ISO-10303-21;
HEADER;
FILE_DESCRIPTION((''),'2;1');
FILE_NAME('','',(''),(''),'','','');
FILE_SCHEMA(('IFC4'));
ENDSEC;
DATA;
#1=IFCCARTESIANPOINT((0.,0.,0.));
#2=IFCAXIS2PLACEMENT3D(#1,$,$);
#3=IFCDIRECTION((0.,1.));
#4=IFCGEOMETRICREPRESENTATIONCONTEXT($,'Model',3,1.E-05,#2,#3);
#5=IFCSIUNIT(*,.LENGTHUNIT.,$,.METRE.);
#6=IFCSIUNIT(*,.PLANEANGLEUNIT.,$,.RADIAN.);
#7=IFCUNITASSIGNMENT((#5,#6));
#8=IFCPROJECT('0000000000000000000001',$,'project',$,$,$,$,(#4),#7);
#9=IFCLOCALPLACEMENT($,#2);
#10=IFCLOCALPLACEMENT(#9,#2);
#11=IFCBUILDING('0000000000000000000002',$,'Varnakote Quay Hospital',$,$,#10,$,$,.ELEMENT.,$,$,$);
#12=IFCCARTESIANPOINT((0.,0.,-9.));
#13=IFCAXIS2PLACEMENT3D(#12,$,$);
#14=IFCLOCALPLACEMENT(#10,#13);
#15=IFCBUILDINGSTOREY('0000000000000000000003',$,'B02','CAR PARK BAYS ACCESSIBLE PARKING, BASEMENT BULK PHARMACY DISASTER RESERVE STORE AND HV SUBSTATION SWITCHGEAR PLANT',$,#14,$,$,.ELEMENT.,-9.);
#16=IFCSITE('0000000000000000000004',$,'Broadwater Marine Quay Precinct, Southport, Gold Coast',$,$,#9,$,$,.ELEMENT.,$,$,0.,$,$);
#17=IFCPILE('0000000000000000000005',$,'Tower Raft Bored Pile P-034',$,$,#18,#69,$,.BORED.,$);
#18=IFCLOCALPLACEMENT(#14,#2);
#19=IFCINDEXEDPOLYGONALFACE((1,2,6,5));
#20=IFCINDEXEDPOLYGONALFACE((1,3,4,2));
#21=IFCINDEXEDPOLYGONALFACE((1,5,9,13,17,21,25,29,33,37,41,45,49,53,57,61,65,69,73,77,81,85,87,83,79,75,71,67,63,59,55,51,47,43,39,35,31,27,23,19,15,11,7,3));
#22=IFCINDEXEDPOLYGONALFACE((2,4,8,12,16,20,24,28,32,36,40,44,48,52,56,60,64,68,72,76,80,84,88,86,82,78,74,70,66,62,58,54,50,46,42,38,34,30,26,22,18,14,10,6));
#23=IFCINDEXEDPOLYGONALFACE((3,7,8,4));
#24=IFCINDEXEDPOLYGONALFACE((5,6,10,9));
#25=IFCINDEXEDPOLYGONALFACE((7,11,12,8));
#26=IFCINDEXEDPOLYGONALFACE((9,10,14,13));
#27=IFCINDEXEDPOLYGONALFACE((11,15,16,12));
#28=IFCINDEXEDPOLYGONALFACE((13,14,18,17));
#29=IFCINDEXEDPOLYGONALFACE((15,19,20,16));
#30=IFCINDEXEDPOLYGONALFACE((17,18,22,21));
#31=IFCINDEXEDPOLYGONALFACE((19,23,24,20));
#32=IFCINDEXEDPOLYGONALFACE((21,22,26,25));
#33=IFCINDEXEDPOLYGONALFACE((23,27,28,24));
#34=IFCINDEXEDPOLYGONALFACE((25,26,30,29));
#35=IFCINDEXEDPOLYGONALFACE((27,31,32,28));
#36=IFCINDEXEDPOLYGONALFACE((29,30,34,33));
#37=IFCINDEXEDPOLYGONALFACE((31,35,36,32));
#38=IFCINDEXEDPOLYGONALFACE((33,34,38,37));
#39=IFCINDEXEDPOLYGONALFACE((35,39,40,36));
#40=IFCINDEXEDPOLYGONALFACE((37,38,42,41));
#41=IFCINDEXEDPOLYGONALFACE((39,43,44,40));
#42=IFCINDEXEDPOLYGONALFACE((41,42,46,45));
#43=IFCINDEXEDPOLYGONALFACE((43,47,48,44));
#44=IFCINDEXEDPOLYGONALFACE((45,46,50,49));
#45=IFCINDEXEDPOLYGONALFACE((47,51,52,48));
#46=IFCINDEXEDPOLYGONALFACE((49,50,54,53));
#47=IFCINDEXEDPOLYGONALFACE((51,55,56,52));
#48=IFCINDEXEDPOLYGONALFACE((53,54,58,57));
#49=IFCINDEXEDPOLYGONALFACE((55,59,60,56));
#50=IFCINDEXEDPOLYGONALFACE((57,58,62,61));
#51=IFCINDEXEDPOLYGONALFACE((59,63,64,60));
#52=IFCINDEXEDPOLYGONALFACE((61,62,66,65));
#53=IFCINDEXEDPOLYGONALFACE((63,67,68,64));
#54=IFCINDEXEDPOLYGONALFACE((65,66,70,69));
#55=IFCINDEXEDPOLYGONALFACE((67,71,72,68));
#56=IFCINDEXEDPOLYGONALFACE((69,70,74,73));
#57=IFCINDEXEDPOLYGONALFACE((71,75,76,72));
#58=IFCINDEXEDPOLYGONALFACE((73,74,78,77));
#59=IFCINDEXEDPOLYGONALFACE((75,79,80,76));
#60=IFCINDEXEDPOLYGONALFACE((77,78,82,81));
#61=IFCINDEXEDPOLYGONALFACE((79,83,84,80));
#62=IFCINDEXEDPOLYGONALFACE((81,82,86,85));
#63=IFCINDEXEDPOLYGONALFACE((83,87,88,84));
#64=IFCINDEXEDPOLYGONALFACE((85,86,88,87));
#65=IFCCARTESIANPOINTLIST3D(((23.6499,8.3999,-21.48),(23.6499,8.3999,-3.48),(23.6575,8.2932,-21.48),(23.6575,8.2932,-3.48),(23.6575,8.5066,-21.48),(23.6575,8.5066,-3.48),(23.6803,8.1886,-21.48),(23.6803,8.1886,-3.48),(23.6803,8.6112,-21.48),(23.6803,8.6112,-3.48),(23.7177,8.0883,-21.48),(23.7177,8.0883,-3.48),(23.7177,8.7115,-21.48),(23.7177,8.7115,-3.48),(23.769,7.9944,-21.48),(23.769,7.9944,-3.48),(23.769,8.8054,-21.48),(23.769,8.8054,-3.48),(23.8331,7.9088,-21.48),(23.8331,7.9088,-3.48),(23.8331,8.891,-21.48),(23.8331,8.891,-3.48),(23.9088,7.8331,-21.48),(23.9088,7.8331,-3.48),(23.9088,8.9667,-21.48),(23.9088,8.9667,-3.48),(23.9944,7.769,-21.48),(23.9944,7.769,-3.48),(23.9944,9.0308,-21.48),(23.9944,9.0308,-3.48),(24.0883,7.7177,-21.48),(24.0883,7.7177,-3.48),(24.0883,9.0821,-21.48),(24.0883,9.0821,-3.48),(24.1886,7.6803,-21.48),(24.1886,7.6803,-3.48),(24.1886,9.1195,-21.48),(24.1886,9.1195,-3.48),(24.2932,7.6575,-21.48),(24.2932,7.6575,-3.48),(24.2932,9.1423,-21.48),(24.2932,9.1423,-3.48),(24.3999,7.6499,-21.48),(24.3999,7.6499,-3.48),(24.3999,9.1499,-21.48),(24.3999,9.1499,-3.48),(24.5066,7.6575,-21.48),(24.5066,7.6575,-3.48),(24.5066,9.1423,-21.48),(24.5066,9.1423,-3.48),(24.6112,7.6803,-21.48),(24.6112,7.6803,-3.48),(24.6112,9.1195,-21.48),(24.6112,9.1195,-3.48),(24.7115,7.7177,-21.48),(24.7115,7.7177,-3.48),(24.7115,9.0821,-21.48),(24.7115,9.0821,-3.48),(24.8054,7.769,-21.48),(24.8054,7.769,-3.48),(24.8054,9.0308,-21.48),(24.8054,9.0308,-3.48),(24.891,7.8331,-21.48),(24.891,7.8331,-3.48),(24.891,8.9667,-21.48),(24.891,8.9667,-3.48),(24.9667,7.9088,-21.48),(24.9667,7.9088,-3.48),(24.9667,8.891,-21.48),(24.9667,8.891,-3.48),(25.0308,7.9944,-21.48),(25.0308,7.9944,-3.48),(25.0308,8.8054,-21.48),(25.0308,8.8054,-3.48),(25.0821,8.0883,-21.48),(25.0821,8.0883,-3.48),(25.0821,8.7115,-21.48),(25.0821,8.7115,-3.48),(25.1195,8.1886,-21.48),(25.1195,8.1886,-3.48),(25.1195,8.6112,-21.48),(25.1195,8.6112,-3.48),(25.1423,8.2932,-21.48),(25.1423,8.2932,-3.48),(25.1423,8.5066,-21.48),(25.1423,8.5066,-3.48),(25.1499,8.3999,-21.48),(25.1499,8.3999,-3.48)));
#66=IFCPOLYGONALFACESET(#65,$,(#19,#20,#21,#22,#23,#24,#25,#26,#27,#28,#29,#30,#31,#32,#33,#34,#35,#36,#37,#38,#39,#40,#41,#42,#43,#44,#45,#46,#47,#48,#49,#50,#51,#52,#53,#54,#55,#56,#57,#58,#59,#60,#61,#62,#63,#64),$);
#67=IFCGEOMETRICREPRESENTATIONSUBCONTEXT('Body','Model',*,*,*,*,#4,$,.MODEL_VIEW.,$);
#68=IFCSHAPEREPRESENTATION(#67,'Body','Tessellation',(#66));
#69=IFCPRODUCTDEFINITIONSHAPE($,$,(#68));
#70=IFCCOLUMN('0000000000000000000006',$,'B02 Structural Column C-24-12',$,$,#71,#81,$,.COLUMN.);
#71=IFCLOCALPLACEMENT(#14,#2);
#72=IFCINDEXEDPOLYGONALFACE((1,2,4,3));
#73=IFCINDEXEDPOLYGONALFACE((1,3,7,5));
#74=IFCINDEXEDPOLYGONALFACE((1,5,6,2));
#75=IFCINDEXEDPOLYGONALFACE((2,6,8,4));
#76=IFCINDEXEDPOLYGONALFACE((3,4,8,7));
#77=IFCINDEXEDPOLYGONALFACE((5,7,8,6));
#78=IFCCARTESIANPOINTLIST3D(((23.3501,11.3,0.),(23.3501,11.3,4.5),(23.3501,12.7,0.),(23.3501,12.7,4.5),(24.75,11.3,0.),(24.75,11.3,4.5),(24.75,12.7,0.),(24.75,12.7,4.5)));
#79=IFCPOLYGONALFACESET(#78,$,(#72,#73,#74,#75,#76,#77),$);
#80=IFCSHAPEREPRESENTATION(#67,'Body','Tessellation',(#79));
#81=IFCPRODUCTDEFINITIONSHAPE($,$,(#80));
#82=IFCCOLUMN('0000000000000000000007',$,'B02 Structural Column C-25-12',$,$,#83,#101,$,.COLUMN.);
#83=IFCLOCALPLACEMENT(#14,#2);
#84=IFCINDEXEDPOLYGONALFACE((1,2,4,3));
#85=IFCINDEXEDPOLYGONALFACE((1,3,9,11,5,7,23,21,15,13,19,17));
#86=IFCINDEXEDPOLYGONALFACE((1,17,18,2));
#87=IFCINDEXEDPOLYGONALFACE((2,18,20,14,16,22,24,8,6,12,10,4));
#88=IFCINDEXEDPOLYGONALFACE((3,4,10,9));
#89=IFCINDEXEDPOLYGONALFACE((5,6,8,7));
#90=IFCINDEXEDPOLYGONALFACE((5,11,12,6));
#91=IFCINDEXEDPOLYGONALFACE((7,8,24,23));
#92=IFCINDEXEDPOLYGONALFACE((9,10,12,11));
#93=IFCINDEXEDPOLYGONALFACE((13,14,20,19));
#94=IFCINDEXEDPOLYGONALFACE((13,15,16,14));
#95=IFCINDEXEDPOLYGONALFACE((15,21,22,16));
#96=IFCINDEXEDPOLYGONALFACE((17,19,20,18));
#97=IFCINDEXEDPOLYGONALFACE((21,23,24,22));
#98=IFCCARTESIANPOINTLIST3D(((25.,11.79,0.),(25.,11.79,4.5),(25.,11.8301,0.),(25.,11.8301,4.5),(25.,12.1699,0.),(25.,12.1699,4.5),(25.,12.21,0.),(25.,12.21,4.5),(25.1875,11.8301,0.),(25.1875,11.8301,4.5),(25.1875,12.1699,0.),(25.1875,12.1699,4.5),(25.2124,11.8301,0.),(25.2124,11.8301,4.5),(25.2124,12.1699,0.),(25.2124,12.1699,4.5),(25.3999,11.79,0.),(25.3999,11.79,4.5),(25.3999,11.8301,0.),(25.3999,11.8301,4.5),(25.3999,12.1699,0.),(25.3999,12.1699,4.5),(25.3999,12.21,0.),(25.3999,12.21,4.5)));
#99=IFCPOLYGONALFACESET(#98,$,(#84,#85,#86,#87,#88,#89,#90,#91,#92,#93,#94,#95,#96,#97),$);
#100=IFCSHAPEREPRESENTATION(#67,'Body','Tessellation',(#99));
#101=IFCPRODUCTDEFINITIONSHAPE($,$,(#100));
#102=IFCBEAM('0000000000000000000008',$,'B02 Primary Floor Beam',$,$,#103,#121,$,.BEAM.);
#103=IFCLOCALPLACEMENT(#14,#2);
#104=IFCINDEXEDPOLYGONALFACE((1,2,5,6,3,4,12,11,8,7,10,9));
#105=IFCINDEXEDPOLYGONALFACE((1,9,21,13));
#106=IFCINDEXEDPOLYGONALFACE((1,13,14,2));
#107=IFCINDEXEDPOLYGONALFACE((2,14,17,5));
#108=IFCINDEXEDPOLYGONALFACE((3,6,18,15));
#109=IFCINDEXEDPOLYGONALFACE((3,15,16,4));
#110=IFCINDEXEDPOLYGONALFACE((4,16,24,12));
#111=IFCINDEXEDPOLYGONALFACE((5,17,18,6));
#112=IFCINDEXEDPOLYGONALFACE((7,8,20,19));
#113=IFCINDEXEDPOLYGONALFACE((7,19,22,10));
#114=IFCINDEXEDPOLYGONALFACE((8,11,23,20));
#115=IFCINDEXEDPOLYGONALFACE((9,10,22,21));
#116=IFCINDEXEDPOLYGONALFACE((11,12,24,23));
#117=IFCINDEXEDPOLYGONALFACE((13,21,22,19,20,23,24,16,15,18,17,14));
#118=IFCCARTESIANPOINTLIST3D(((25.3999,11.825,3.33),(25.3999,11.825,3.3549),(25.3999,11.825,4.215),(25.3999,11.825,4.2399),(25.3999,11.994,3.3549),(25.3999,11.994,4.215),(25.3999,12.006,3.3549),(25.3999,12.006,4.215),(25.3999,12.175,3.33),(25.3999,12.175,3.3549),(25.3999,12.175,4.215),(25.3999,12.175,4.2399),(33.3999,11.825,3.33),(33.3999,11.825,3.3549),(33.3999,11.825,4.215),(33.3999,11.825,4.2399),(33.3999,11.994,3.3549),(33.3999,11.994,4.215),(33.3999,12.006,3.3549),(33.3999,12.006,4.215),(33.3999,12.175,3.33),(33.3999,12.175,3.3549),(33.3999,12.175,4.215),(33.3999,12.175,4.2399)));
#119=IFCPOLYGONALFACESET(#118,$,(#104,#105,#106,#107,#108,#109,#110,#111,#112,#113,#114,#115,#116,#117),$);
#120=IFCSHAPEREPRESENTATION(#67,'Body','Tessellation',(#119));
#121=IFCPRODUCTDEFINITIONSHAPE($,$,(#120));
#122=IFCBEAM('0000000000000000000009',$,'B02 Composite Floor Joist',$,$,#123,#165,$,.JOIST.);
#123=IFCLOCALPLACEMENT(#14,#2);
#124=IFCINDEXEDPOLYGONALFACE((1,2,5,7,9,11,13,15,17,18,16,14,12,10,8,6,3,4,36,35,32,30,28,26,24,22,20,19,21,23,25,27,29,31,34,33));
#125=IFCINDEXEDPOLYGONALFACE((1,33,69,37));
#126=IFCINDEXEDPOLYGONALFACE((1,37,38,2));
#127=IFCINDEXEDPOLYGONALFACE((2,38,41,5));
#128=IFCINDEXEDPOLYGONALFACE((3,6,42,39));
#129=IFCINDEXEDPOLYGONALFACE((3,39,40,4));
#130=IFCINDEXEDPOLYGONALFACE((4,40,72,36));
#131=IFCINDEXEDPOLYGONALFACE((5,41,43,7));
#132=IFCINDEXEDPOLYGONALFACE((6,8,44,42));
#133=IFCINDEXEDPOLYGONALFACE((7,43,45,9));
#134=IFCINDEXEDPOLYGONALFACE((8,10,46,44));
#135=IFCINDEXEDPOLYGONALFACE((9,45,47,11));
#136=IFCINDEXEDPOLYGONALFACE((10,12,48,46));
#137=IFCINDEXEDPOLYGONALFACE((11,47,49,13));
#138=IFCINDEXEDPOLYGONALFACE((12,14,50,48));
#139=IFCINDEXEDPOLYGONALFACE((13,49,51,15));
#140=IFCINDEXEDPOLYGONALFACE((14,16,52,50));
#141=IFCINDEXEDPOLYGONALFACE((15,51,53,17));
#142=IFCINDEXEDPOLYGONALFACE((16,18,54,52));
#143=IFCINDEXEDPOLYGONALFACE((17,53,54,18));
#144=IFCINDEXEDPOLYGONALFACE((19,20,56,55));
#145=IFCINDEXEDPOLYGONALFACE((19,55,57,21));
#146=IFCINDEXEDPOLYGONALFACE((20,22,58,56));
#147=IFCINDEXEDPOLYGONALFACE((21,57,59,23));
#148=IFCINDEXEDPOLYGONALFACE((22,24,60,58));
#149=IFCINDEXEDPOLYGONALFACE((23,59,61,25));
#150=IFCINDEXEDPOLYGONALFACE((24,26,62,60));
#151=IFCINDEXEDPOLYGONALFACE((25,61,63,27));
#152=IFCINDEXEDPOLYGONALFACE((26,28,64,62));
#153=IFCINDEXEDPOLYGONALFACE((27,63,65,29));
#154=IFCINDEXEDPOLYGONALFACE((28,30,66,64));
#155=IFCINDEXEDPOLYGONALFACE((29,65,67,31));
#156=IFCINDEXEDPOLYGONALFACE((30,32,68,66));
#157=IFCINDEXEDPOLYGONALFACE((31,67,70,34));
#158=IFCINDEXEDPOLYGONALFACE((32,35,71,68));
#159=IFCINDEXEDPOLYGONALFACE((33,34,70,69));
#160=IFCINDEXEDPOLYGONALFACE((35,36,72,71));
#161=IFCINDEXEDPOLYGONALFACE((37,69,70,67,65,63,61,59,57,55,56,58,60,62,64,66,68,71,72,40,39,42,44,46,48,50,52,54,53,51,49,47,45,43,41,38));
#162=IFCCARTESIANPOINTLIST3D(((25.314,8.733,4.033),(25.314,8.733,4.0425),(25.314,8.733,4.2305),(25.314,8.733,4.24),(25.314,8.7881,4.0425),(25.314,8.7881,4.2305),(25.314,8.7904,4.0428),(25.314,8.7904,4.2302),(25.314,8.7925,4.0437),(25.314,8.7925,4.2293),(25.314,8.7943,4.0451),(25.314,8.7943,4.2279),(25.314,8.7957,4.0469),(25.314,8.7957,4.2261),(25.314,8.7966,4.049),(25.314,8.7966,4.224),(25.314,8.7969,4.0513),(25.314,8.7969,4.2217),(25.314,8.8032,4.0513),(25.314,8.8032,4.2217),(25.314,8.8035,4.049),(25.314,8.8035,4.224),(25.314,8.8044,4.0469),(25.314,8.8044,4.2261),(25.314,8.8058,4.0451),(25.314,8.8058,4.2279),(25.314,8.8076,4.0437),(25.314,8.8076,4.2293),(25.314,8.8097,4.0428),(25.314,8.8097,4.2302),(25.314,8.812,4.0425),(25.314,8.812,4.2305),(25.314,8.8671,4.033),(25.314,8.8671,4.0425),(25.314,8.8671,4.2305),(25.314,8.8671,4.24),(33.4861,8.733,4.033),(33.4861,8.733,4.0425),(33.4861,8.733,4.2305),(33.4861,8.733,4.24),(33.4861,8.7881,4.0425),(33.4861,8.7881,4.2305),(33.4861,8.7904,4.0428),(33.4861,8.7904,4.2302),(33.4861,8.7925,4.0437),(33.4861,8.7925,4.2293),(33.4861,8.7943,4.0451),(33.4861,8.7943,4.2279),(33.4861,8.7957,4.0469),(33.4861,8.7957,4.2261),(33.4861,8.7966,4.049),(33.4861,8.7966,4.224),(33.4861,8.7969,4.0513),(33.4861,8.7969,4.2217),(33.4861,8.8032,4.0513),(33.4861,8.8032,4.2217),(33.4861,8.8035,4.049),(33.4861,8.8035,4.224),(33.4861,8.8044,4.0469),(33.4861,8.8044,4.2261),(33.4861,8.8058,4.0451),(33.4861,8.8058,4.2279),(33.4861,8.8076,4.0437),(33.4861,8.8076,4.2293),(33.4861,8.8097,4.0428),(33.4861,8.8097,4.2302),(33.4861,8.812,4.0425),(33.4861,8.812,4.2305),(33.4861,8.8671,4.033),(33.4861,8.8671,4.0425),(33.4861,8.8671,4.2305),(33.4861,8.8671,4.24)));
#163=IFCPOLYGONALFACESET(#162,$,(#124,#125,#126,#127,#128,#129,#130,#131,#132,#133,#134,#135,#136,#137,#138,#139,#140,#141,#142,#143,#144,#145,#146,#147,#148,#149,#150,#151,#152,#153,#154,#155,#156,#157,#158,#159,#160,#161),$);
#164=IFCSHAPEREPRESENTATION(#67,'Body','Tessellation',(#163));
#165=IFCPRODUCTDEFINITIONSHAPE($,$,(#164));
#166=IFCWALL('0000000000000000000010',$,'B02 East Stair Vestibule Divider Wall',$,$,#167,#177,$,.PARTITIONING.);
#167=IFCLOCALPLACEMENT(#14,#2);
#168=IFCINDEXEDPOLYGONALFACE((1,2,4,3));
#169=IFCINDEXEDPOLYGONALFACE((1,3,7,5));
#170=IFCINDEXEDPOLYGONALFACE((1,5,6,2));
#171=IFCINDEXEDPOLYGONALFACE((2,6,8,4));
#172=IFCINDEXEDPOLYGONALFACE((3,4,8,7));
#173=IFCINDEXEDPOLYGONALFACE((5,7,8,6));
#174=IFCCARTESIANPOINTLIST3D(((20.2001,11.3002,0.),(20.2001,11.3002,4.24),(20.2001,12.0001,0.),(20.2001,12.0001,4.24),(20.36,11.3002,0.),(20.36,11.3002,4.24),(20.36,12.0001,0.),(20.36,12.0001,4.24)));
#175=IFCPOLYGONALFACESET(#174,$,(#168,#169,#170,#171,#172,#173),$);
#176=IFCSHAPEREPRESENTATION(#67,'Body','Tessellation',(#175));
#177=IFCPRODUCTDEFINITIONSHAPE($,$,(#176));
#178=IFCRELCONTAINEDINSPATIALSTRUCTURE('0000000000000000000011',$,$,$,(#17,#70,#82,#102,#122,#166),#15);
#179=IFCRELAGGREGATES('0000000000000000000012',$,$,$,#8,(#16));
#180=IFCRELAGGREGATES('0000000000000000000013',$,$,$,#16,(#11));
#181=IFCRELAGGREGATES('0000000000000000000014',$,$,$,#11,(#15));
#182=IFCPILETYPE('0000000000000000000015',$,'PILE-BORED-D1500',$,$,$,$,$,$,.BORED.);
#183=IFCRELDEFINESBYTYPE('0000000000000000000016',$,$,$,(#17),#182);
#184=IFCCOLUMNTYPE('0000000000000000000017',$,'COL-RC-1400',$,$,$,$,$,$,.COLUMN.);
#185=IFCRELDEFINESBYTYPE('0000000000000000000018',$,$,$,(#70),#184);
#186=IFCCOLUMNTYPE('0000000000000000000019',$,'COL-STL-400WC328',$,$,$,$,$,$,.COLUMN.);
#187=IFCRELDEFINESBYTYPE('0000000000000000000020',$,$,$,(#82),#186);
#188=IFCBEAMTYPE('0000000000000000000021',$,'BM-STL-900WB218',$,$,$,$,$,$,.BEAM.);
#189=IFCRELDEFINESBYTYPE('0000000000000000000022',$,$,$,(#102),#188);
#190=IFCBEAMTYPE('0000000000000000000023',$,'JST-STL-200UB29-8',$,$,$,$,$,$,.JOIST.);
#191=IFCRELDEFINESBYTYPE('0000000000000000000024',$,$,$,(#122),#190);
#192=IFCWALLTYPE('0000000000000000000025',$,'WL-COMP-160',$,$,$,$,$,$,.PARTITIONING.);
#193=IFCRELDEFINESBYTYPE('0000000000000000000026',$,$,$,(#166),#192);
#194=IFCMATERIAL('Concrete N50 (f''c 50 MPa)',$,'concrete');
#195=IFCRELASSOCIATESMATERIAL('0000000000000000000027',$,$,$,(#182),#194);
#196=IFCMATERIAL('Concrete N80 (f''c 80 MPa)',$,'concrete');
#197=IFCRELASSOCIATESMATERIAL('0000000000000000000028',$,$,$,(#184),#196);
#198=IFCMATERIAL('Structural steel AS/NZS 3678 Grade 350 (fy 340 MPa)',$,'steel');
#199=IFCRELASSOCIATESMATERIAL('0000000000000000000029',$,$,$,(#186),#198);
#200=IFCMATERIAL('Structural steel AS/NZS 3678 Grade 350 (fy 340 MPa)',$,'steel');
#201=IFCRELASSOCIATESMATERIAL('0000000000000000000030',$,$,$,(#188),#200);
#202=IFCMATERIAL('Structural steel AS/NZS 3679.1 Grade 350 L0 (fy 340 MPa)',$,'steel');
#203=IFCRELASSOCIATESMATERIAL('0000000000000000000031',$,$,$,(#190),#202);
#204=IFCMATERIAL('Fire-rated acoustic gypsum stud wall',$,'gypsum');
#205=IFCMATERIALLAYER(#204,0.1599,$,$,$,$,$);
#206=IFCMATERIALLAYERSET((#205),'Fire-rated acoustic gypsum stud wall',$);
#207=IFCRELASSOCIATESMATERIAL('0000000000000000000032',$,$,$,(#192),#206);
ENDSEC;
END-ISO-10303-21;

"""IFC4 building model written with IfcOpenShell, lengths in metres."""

from ifc_helpers import new_model, si_unit, direction, frame, frame_2d, origin, origin_2d, place, context, subcontext, project, spatial, rectangle, circle, i_section, extrude, material, layer, layer_set, material_profile, profile_set, type_object, element, save


model = new_model("IFC4")

# Units and contexts
model_context = context("Model", 3, precision=1e-05, world=origin(), true_north=direction((0.0, 1.0)))
body_context = subcontext(model_context, "Body", "Model", "MODEL_VIEW")
ifc_project = project(units=[si_unit("LENGTHUNIT", "METRE"), si_unit("PLANEANGLEUNIT", "RADIAN")], contexts=[model_context])

# Site, building, storey
site_placement = place(None, origin())
site = spatial("IfcSite", under=ifc_project, at=site_placement, Name="Broadwater Marine Quay Precinct, Southport, Gold Coast", CompositionType="ELEMENT", RefElevation=0.0)
building_placement = place(site_placement, origin())
building = spatial("IfcBuilding", under=site, at=building_placement, Name="Varnakote Quay Hospital", CompositionType="ELEMENT")
storey_placement = place(building_placement, frame((0.0, 0.0, -9.0)))
storey = spatial("IfcBuildingStorey", under=building, at=storey_placement, Name="B02", Description="CAR PARK BAYS ACCESSIBLE PARKING, BASEMENT BULK PHARMACY DISASTER RESERVE STORE AND HV SUBSTATION SWITCHGEAR PLANT", CompositionType="ELEMENT", Elevation=-9.0)

# Pile
ifc_material_1 = material(Name="Concrete N50 (f'c 50 MPa)", Category="concrete")
ifc_material_profile_1 = material_profile(ifc_material_1, circle(Radius=0.75, at=origin_2d()), Name="PILE-D1500")
ifc_profile_set_1 = profile_set([ifc_material_profile_1], Name="Concrete N50 (f'c 50 MPa)")
pile_type = type_object("IfcPileType", Name="PILE-BORED-D1500", PredefinedType="BORED", material=ifc_profile_set_1)
pile_placement = place(storey_placement, frame((24.3999, 8.3999, -3.48), z_axis=(0.0, 0.0, -1.0), x_axis=(1.0, 0.0, 0.0)))
element("IfcPile", 1, at=pile_placement, inside=storey, type_object=pile_type, Name="Tower Raft Bored Pile P-034", PredefinedType="BORED", context=body_context, shape_type="SweptSolid", body=[
    extrude(circle(Radius=0.75, at=origin_2d()), origin(), (0.0, 0.0, 1.0), 18.0),
])

# Columns
ifc_material_2 = material(Name="Concrete N80 (f'c 80 MPa)", Category="concrete")
ifc_material_profile_2 = material_profile(ifc_material_2, rectangle(XDim=1.3999, YDim=1.3999, at=origin_2d()), Name="RC-COL-1400x1400")
ifc_profile_set_2 = profile_set([ifc_material_profile_2], Name="Concrete N80 (f'c 80 MPa)")
column_type_1 = type_object("IfcColumnType", Name="COL-RC-1400", PredefinedType="COLUMN", material=ifc_profile_set_2)
column_1_placement = place(storey_placement, frame((24.05, 12.0, 0.0), z_axis=(0.0, 0.0, 1.0), x_axis=(1.0, 0.0, 0.0)))
element("IfcColumn", 2, at=column_1_placement, inside=storey, type_object=column_type_1, Name="B02 Structural Column C-24-12", PredefinedType="COLUMN", context=body_context, shape_type="SweptSolid", body=[
    extrude(rectangle(XDim=1.3999, YDim=1.3999, at=origin_2d()), origin(), (0.0, 0.0, 1.0), 4.5),
])
ifc_material_3 = material(Name="Structural steel AS/NZS 3678 Grade 350 (fy 340 MPa)", Category="steel")
ifc_material_profile_3 = material_profile(ifc_material_3, i_section(OverallWidth=0.3999, OverallDepth=0.4199, WebThickness=0.0249, FlangeThickness=0.04, at=origin_2d()), Name="400WC328")
ifc_profile_set_3 = profile_set([ifc_material_profile_3], Name="Structural steel AS/NZS 3678 Grade 350 (fy 340 MPa)")
column_type_2 = type_object("IfcColumnType", Name="COL-STL-400WC328", PredefinedType="COLUMN", material=ifc_profile_set_3)
column_2_placement = place(storey_placement, frame((25.2, 12.0, 0.0), z_axis=(0.0, 0.0, 1.0), x_axis=(1.0, 0.0, 0.0)))
element("IfcColumn", 3, at=column_2_placement, inside=storey, type_object=column_type_2, Name="B02 Structural Column C-25-12", PredefinedType="COLUMN", context=body_context, shape_type="SweptSolid", body=[
    extrude(i_section(OverallWidth=0.3999, OverallDepth=0.4199, WebThickness=0.0249, FlangeThickness=0.04, at=origin_2d()), origin(), (0.0, 0.0, 1.0), 4.5),
])

# Beams
ifc_material_4 = material(Name="Structural steel AS/NZS 3678 Grade 350 (fy 340 MPa)", Category="steel")
ifc_material_profile_4 = material_profile(ifc_material_4, i_section(OverallWidth=0.3501, OverallDepth=0.9099, WebThickness=0.012, FlangeThickness=0.0249, at=origin_2d()), Name="900WB218")
ifc_profile_set_4 = profile_set([ifc_material_profile_4], Name="Structural steel AS/NZS 3678 Grade 350 (fy 340 MPa)")
beam_type_1 = type_object("IfcBeamType", Name="BM-STL-900WB218", PredefinedType="BEAM", material=ifc_profile_set_4)
beam_1_placement = place(storey_placement, frame((25.3999, 12.0, 3.7849), z_axis=(1.0, 0.0, 0.0), x_axis=(0.0, 1.0, 0.0)))
element("IfcBeam", 4, at=beam_1_placement, inside=storey, type_object=beam_type_1, Name="B02 Primary Floor Beam", PredefinedType="BEAM", context=body_context, shape_type="SweptSolid", body=[
    extrude(i_section(OverallWidth=0.3501, OverallDepth=0.9099, WebThickness=0.012, FlangeThickness=0.0249, at=origin_2d()), origin(), (0.0, 0.0, 1.0), 8.0),
])
ifc_material_5 = material(Name="Structural steel AS/NZS 3679.1 Grade 350 L0 (fy 340 MPa)", Category="steel")
ifc_material_profile_5 = material_profile(ifc_material_5, i_section(OverallWidth=0.134, OverallDepth=0.207, WebThickness=0.0063, FlangeThickness=0.0095, FilletRadius=0.0088, at=origin_2d()), Name="200UB29.8")
ifc_profile_set_5 = profile_set([ifc_material_profile_5], Name="Structural steel AS/NZS 3679.1 Grade 350 L0 (fy 340 MPa)")
beam_type_2 = type_object("IfcBeamType", Name="JST-STL-200UB29-8", PredefinedType="JOIST", material=ifc_profile_set_5)
beam_2_placement = place(storey_placement, frame((25.314, 8.8, 4.1365), z_axis=(1.0, 0.0, 0.0), x_axis=(0.0, 1.0, 0.0)))
element("IfcBeam", 5, at=beam_2_placement, inside=storey, type_object=beam_type_2, Name="B02 Composite Floor Joist", PredefinedType="JOIST", context=body_context, shape_type="SweptSolid", body=[
    extrude(i_section(OverallWidth=0.134, OverallDepth=0.207, WebThickness=0.0063, FlangeThickness=0.0095, FilletRadius=0.0088, at=origin_2d()), origin(), (0.0, 0.0, 1.0), 8.1721),
])

# Wall
ifc_material_6 = material(Name="Fire-rated acoustic gypsum stud wall", Category="gypsum")
ifc_layer_1 = layer(ifc_material_6, 0.1599)
ifc_layer_set_1 = layer_set([ifc_layer_1], Name="Fire-rated acoustic gypsum stud wall")
wall_type_1 = type_object("IfcWallType", Name="WL-COMP-160", PredefinedType="PARTITIONING", material=ifc_layer_set_1)
wall_1_placement = place(storey_placement, frame((20.28, 11.3, 0.0), z_axis=(0.0, 0.0, 1.0), x_axis=(0.0, 1.0, 0.0)))
element("IfcWall", 6, at=wall_1_placement, inside=storey, type_object=wall_type_1, Name="B02 East Stair Vestibule Divider Wall", PredefinedType="PARTITIONING", context=body_context, shape_type="SweptSolid", body=[
    extrude(rectangle(XDim=0.7, YDim=0.1599, at=frame_2d((0.3501, 0.0))), origin(), (0.0, 0.0, 1.0), 4.24),
])

save(model, "model.ifc")
